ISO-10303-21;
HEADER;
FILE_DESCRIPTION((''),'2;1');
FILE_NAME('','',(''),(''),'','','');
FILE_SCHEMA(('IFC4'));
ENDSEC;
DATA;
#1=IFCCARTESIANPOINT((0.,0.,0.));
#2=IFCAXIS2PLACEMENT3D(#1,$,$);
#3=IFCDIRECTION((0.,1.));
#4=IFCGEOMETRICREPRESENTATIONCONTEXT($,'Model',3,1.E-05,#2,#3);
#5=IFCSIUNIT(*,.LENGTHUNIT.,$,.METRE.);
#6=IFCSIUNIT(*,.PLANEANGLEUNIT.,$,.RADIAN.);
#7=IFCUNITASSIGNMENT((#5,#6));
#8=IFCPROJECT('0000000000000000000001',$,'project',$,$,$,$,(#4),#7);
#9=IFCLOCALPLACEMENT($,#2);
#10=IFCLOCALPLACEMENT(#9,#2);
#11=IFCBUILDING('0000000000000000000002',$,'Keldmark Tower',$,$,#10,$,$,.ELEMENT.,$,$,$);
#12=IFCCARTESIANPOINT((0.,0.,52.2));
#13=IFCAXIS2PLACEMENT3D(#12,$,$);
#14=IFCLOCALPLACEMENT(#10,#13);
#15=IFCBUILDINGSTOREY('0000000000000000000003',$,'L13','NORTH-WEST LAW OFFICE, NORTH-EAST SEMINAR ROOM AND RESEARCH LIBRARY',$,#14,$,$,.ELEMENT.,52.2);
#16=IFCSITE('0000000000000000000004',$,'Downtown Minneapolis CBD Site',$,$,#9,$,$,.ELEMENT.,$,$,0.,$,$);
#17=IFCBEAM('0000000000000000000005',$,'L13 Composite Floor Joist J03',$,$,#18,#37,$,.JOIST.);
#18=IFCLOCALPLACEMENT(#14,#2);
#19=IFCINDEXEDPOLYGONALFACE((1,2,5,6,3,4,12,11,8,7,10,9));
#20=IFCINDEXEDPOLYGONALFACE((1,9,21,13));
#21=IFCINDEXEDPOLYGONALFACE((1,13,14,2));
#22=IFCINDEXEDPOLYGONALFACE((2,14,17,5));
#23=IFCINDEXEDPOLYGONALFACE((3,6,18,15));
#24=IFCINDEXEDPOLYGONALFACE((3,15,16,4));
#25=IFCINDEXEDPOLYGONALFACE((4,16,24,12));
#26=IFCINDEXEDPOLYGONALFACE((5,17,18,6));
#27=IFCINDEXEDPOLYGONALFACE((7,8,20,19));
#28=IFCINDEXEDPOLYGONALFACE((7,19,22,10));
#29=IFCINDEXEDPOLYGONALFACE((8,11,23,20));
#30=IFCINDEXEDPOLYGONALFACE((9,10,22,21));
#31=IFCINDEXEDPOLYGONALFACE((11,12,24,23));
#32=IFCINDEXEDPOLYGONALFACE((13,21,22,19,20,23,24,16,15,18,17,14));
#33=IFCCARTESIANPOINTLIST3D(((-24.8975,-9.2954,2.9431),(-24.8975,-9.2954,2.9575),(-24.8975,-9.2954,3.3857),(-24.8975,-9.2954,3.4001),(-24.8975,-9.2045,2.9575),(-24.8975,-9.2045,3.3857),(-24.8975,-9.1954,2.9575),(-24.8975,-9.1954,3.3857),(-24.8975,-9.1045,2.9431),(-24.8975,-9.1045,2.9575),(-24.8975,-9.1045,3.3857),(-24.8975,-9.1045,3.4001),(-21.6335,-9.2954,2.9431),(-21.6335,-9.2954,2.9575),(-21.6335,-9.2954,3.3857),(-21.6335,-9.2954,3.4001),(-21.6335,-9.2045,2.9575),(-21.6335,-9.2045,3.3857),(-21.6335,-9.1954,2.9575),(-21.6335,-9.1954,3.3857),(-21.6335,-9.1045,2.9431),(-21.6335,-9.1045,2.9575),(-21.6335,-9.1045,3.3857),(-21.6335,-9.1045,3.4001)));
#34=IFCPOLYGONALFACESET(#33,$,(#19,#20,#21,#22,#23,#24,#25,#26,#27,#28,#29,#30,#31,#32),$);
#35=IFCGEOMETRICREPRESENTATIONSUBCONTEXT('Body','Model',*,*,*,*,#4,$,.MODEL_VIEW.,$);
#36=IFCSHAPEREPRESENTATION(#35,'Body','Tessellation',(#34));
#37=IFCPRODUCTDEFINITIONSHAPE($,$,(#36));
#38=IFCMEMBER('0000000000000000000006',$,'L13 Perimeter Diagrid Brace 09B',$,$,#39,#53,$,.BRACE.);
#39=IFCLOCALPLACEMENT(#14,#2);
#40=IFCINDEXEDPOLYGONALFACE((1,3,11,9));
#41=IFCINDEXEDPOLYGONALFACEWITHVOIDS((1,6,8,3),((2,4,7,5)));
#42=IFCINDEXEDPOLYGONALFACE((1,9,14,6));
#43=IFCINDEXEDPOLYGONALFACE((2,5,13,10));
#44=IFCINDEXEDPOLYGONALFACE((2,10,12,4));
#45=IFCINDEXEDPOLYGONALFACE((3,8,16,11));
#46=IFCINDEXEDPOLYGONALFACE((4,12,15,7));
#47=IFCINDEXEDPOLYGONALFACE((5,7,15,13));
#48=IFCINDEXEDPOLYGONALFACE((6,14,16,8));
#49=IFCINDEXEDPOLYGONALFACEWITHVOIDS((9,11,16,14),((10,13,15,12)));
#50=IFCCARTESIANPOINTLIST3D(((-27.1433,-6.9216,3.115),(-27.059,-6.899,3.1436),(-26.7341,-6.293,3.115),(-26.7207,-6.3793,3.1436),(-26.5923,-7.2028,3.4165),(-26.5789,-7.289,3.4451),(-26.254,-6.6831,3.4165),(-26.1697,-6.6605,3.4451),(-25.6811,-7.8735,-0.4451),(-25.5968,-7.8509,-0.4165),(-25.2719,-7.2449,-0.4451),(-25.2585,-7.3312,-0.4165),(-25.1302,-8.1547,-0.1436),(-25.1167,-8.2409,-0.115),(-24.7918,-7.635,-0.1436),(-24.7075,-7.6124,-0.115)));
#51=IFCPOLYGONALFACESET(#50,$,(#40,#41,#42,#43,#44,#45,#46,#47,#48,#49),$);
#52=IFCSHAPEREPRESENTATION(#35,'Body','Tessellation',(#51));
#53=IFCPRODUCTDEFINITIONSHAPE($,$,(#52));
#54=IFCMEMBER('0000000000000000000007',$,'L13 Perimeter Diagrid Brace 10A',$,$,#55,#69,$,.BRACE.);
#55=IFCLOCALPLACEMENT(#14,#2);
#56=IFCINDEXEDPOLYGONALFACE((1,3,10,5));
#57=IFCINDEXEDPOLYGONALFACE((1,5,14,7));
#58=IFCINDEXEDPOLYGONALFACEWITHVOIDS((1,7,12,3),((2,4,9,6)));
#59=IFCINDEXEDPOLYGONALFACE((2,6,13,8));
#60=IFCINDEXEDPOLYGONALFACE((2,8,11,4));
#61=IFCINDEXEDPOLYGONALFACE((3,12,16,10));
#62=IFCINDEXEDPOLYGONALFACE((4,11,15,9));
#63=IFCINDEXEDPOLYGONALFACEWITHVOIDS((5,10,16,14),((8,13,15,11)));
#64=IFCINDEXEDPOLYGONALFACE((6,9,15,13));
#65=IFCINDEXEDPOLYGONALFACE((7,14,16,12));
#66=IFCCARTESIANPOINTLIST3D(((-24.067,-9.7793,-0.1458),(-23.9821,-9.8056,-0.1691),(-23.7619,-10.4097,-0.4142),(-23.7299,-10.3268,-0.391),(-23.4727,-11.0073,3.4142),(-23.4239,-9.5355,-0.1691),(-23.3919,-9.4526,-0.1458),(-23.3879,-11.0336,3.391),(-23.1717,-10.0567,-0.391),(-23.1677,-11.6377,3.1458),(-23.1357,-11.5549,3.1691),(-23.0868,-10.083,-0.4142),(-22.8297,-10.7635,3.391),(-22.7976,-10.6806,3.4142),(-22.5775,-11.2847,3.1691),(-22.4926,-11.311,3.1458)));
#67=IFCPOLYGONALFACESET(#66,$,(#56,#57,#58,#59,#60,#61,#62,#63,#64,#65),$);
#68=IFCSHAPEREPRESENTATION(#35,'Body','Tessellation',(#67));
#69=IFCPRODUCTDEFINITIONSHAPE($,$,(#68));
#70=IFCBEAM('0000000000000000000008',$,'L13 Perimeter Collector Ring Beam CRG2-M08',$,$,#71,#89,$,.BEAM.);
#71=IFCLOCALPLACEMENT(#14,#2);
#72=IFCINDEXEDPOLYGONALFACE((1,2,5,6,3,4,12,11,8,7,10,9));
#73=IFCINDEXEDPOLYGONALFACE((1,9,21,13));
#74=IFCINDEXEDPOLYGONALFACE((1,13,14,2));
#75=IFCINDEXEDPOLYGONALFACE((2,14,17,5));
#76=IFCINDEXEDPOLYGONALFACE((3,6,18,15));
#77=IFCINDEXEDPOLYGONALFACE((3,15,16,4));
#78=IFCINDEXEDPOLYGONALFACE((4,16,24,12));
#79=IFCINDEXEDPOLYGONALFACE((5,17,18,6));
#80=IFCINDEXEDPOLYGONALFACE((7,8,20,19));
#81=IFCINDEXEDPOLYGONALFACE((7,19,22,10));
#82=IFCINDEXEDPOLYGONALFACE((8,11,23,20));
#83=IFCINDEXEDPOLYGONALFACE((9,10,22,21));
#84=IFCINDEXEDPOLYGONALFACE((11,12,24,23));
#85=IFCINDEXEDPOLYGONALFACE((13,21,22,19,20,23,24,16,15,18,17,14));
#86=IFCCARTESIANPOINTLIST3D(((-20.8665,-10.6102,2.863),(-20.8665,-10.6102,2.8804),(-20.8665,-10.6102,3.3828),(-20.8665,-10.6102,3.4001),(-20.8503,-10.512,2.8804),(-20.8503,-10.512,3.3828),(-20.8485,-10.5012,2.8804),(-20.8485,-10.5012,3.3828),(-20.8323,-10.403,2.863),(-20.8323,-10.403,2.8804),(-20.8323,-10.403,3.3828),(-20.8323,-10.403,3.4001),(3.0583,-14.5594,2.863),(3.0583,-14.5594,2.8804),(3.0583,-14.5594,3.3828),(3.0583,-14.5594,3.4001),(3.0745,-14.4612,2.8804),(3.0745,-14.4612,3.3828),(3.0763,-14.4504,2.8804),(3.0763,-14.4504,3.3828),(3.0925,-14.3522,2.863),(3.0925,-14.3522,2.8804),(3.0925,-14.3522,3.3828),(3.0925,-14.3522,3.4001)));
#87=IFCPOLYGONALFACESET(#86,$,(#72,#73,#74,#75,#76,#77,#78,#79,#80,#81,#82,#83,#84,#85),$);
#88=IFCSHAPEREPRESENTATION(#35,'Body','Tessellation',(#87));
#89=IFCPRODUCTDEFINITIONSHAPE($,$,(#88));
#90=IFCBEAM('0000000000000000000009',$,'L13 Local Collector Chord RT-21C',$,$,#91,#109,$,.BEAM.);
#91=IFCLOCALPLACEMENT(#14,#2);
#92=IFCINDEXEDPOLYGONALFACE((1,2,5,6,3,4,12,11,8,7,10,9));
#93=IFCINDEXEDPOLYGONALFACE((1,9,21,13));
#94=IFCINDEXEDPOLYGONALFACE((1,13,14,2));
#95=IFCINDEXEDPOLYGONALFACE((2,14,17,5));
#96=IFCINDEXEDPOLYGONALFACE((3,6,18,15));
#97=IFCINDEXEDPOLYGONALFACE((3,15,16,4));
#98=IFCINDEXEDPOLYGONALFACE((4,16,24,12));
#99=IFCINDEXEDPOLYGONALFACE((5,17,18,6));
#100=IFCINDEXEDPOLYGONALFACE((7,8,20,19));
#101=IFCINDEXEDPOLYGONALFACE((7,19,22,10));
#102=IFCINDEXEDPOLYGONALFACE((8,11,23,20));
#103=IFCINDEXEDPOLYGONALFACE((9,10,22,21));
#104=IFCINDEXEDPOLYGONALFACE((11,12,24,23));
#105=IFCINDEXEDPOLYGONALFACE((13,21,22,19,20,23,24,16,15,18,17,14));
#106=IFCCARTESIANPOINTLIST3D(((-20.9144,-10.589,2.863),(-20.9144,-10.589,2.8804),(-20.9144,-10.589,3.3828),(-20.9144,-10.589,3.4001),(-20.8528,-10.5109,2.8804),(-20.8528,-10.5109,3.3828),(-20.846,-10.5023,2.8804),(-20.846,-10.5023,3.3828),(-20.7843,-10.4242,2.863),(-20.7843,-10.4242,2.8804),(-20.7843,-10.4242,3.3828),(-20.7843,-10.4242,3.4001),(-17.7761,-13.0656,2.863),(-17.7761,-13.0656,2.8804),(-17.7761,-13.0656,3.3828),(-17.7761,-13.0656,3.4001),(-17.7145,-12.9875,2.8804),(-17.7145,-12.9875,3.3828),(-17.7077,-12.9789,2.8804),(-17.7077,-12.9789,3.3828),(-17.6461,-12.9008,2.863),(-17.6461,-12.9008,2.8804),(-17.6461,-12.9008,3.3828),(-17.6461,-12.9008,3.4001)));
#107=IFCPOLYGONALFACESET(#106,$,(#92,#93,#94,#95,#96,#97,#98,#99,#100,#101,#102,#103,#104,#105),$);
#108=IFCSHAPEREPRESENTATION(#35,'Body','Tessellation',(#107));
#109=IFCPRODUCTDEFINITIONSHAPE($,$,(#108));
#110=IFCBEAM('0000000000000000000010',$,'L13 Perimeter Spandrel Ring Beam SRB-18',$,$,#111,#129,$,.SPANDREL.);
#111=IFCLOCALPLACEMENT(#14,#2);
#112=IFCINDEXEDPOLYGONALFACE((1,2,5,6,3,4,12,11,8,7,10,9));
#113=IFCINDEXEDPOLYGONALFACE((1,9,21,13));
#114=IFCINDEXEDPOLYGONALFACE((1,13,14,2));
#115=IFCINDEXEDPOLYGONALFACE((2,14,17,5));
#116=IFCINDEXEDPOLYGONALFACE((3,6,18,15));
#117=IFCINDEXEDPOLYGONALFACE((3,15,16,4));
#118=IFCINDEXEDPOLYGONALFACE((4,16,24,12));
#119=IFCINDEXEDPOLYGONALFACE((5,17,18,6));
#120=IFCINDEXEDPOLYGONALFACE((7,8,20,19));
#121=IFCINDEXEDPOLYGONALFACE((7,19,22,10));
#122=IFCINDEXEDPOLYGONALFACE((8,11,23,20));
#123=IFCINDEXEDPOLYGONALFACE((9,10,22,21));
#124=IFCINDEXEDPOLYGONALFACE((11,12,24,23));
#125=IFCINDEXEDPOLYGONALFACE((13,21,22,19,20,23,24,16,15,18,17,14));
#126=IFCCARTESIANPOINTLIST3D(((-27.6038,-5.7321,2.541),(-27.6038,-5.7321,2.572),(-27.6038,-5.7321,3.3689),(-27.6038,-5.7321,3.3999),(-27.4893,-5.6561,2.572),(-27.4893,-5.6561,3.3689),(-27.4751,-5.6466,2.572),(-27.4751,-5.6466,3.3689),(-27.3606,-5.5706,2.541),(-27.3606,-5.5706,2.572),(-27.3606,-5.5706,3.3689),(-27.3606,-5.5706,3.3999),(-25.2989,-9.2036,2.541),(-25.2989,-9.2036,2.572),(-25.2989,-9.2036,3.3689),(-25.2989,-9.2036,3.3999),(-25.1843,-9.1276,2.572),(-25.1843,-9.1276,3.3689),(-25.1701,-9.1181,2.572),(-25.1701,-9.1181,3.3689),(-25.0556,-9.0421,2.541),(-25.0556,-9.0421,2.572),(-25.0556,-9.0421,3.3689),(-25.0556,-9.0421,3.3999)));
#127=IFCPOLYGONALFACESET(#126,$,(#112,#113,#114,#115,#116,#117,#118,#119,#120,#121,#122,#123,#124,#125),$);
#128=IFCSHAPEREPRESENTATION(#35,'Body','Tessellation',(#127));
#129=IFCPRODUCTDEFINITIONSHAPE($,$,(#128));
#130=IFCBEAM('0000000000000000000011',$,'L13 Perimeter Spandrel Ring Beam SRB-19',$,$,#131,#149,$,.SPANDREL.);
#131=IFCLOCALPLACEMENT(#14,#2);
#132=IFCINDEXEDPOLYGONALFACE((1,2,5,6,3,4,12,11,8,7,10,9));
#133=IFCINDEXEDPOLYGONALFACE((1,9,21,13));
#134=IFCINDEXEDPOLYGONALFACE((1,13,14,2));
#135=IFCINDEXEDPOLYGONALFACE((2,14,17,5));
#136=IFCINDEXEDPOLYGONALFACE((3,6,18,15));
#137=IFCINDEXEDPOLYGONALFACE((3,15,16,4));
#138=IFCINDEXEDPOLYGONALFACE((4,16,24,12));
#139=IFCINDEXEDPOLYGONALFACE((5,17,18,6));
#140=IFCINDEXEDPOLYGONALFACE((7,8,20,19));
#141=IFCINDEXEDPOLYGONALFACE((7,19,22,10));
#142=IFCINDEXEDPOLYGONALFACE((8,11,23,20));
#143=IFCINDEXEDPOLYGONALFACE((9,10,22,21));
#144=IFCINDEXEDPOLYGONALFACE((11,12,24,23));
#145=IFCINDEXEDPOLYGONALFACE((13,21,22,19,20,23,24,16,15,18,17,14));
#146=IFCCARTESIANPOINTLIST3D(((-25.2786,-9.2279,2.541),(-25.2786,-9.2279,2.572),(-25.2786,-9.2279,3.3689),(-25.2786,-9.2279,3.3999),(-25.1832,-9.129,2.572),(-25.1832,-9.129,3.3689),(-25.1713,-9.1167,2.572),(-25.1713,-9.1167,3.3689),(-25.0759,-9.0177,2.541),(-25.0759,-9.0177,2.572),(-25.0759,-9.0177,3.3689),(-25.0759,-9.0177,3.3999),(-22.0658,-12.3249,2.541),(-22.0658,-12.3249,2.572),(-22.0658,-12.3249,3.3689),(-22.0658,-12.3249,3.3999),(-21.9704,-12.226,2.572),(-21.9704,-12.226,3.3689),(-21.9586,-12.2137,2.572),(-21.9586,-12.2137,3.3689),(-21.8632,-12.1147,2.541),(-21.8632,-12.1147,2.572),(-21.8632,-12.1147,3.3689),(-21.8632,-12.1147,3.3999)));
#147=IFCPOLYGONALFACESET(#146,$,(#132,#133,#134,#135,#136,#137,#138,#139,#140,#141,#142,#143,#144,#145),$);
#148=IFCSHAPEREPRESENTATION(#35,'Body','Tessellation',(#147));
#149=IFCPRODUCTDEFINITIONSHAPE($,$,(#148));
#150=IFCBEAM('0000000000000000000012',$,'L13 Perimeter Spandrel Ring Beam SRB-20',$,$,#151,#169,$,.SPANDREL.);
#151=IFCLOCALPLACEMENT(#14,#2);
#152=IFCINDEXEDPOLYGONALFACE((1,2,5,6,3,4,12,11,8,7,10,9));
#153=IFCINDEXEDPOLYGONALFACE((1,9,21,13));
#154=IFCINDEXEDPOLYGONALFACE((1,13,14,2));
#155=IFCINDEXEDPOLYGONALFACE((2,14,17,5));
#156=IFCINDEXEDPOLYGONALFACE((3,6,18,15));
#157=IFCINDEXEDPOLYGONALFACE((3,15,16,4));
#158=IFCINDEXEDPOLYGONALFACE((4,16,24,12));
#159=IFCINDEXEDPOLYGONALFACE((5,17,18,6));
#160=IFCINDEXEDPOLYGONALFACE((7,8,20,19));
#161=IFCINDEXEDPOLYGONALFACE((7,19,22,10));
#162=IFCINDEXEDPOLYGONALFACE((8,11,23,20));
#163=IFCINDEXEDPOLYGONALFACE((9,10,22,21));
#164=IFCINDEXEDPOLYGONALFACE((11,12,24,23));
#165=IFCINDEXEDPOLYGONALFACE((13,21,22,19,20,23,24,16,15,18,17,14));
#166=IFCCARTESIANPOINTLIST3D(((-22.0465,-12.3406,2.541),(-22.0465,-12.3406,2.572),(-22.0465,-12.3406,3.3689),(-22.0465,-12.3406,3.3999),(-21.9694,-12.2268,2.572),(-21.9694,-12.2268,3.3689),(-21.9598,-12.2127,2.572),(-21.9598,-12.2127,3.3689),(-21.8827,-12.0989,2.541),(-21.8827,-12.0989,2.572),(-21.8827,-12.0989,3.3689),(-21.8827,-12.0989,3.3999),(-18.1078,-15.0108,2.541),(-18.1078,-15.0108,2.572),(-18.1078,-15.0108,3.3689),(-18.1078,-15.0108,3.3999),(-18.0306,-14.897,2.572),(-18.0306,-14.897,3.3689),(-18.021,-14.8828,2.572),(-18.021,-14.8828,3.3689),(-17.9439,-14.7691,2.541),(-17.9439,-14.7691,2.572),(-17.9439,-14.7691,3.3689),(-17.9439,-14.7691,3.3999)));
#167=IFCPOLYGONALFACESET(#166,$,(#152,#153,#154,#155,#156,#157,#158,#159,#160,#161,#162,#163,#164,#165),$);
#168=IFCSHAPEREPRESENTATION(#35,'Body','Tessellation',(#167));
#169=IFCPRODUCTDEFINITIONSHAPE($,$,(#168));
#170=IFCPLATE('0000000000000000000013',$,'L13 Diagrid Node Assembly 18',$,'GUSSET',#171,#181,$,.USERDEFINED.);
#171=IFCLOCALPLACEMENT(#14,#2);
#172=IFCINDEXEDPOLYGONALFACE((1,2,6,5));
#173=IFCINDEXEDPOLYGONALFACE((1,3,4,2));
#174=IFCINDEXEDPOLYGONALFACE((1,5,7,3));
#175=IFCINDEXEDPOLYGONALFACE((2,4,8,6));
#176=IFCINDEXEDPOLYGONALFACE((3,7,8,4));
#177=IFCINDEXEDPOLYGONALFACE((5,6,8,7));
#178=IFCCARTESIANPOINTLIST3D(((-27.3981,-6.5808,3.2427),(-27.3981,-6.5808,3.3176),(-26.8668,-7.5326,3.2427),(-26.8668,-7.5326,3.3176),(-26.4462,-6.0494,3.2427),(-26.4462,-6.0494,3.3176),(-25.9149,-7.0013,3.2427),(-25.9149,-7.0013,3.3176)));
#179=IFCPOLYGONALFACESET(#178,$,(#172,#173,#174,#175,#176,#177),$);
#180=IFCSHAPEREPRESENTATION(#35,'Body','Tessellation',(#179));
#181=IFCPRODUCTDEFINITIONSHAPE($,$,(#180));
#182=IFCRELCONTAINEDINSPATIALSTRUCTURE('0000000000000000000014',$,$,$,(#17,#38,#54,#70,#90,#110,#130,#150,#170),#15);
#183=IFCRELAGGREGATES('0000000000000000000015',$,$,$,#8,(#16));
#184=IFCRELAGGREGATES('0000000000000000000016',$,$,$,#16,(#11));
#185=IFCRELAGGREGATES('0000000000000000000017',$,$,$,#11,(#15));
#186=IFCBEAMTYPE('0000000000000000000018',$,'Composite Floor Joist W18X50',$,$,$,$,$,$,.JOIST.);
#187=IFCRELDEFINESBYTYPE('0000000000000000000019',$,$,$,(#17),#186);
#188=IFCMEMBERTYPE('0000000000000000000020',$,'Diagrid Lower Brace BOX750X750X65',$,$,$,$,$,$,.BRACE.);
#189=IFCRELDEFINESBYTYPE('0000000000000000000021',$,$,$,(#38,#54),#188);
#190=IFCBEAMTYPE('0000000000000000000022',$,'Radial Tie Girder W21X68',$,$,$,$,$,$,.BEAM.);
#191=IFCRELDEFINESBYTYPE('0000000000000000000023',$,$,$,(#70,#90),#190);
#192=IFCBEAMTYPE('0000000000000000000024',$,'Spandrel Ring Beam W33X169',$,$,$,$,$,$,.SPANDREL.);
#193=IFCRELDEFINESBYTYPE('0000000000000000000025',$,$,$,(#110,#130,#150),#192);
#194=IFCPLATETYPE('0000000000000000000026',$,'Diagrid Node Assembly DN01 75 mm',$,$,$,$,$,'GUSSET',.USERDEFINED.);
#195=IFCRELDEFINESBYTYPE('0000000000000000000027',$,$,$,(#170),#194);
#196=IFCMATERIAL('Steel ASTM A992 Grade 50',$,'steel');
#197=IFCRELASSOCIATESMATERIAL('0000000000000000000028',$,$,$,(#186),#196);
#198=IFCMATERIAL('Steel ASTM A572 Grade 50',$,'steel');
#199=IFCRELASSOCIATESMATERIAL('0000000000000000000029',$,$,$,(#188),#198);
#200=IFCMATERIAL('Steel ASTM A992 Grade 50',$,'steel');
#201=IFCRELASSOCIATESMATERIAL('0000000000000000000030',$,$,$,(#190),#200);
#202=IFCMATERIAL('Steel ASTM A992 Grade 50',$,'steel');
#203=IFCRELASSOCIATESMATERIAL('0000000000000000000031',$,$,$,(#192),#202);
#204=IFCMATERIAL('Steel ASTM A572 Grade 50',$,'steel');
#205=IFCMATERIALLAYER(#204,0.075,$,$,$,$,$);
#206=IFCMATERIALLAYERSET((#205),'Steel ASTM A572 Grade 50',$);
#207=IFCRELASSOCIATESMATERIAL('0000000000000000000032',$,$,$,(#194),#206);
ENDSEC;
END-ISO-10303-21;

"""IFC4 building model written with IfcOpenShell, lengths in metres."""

from ifc_helpers import new_model, si_unit, direction, frame, origin, origin_2d, place, context, subcontext, project, spatial, rectangle, hollow_rectangle, i_section, extrude, material, layer, layer_set, material_profile, profile_set, type_object, element, save


model = new_model("IFC4")

# Units and contexts
model_context = context("Model", 3, precision=1e-05, world=origin(), true_north=direction((0.0, 1.0)))
body_context = subcontext(model_context, "Body", "Model", "MODEL_VIEW")
ifc_project = project(units=[si_unit("LENGTHUNIT", "METRE"), si_unit("PLANEANGLEUNIT", "RADIAN")], contexts=[model_context])

# Site, building, storey
site_placement = place(None, origin())
site = spatial("IfcSite", under=ifc_project, at=site_placement, Name="Downtown Minneapolis CBD Site", CompositionType="ELEMENT", RefElevation=0.0)
building_placement = place(site_placement, origin())
building = spatial("IfcBuilding", under=site, at=building_placement, Name="Keldmark Tower", CompositionType="ELEMENT")
storey_placement = place(building_placement, frame((0.0, 0.0, 52.2)))
storey = spatial("IfcBuildingStorey", under=building, at=storey_placement, Name="L13", Description="NORTH-WEST LAW OFFICE, NORTH-EAST SEMINAR ROOM AND RESEARCH LIBRARY", CompositionType="ELEMENT", Elevation=52.2)

# Beam
ifc_material_1 = material(Name="Steel ASTM A992 Grade 50", Category="steel")
ifc_material_profile_1 = material_profile(ifc_material_1, i_section(OverallWidth=0.1909, OverallDepth=0.457, WebThickness=0.009, FlangeThickness=0.0144, at=origin_2d()), Name="W18X50")
ifc_profile_set_1 = profile_set([ifc_material_profile_1], Name="Steel ASTM A992 Grade 50")
beam_type_1 = type_object("IfcBeamType", Name="Composite Floor Joist W18X50", PredefinedType="JOIST", material=ifc_profile_set_1)
beam_1_placement = place(storey_placement, frame((-24.8975, -9.2, 3.1716), z_axis=(1.0, 0.0, 0.0), x_axis=(0.0, 1.0, 0.0)))
element("IfcBeam", 1, at=beam_1_placement, inside=storey, type_object=beam_type_1, Name="L13 Composite Floor Joist J03", PredefinedType="JOIST", context=body_context, shape_type="SweptSolid", body=[
    extrude(i_section(OverallWidth=0.1909, OverallDepth=0.457, WebThickness=0.009, FlangeThickness=0.0144, at=origin_2d()), origin(), (0.0, 0.0, 1.0), 3.2639),
])

# Members
ifc_material_2 = material(Name="Steel ASTM A572 Grade 50", Category="steel")
ifc_material_profile_2 = material_profile(ifc_material_2, hollow_rectangle(XDim=0.75, YDim=0.75, WallThickness=0.0649, at=origin_2d()), Name="BOX750X750X65")
ifc_profile_set_2 = profile_set([ifc_material_profile_2], Name="Steel ASTM A572 Grade 50")
member_type = type_object("IfcMemberType", Name="Diagrid Lower Brace BOX750X750X65", PredefinedType="BRACE", material=ifc_profile_set_2)
member_1_placement = place(storey_placement, frame((-25.1943, -7.7429, -0.28), z_axis=(-0.368804, 0.240101, 0.897962), x_axis=(-0.545593, -0.83805, 0.0)))
element("IfcMember", 2, at=member_1_placement, inside=storey, type_object=member_type, Name="L13 Perimeter Diagrid Brace 09B", PredefinedType="BRACE", context=body_context, shape_type="SweptSolid", body=[
    extrude(hollow_rectangle(XDim=0.75, YDim=0.75, WallThickness=0.0649, at=origin_2d()), origin(), (0.0, 0.0, 1.0), 3.9646),
])
member_2_placement = place(storey_placement, frame((-23.5769, -9.9312, -0.28), z_axis=(0.155866, -0.322105, 0.933785), x_axis=(0.90015, 0.43558, 0.0)))
element("IfcMember", 3, at=member_2_placement, inside=storey, type_object=member_type, Name="L13 Perimeter Diagrid Brace 10A", PredefinedType="BRACE", context=body_context, shape_type="SweptSolid", body=[
    extrude(hollow_rectangle(XDim=0.75, YDim=0.75, WallThickness=0.0649, at=origin_2d()), origin(), (0.0, 0.0, 1.0), 3.8125),
])

# Beams
ifc_material_3 = material(Name="Steel ASTM A992 Grade 50", Category="steel")
ifc_material_profile_3 = material_profile(ifc_material_3, i_section(OverallWidth=0.21, OverallDepth=0.5371, WebThickness=0.011, FlangeThickness=0.0173, at=origin_2d()), Name="W21X68")
ifc_profile_set_3 = profile_set([ifc_material_profile_3], Name="Steel ASTM A992 Grade 50")
beam_type_2 = type_object("IfcBeamType", Name="Radial Tie Girder W21X68", PredefinedType="BEAM", material=ifc_profile_set_3)
beam_2_placement = place(storey_placement, frame((-20.8494, -10.5066, 3.1316), z_axis=(0.986649, -0.162864, 0.0), x_axis=(0.162864, 0.986649, 0.0)))
element("IfcBeam", 4, at=beam_2_placement, inside=storey, type_object=beam_type_2, Name="L13 Perimeter Collector Ring Beam CRG2-M08", PredefinedType="BEAM", context=body_context, shape_type="SweptSolid", body=[
    extrude(i_section(OverallWidth=0.21, OverallDepth=0.5371, WebThickness=0.011, FlangeThickness=0.0173, at=origin_2d()), origin(), (0.0, 0.0, 1.0), 24.2485),
])
beam_3_placement = place(storey_placement, frame((-20.8494, -10.5066, 3.1316), z_axis=(0.784998, -0.619498, 0.0), x_axis=(0.619498, 0.784998, 0.0)))
element("IfcBeam", 5, at=beam_3_placement, inside=storey, type_object=beam_type_2, Name="L13 Local Collector Chord RT-21C", PredefinedType="BEAM", context=body_context, shape_type="SweptSolid", body=[
    extrude(i_section(OverallWidth=0.21, OverallDepth=0.5371, WebThickness=0.011, FlangeThickness=0.0173, at=origin_2d()), origin(), (0.0, 0.0, 1.0), 3.9978),
])
ifc_material_4 = material(Name="Steel ASTM A992 Grade 50", Category="steel")
ifc_material_profile_4 = material_profile(ifc_material_4, i_section(OverallWidth=0.292, OverallDepth=0.8589, WebThickness=0.0171, FlangeThickness=0.031, at=origin_2d()), Name="W33X169")
ifc_profile_set_4 = profile_set([ifc_material_profile_4], Name="Steel ASTM A992 Grade 50")
beam_type_3 = type_object("IfcBeamType", Name="Spandrel Ring Beam W33X169", PredefinedType="SPANDREL", material=ifc_profile_set_4)
beam_4_placement = place(storey_placement, frame((-27.4822, -5.6514, 2.9705), z_axis=(0.553144, -0.833085, 0.0), x_axis=(0.833085, 0.553144, 0.0)))
element("IfcBeam", 6, at=beam_4_placement, inside=storey, type_object=beam_type_3, Name="L13 Perimeter Spandrel Ring Beam SRB-18", PredefinedType="SPANDREL", context=body_context, shape_type="SweptSolid", body=[
    extrude(i_section(OverallWidth=0.292, OverallDepth=0.8589, WebThickness=0.0171, FlangeThickness=0.031, at=origin_2d()), origin(), (0.0, 0.0, 1.0), 4.167),
])
beam_5_placement = place(storey_placement, frame((-25.1772, -9.1228, 2.9705), z_axis=(0.719955, -0.694021, 0.0), x_axis=(0.694021, 0.719955, 0.0)))
element("IfcBeam", 7, at=beam_5_placement, inside=storey, type_object=beam_type_3, Name="L13 Perimeter Spandrel Ring Beam SRB-19", PredefinedType="SPANDREL", context=body_context, shape_type="SweptSolid", body=[
    extrude(i_section(OverallWidth=0.292, OverallDepth=0.8589, WebThickness=0.0171, FlangeThickness=0.031, at=origin_2d()), origin(), (0.0, 0.0, 1.0), 4.4624),
])
beam_6_placement = place(storey_placement, frame((-21.9646, -12.2197, 2.9705), z_axis=(0.827723, -0.561136, 0.0), x_axis=(0.561136, 0.827723, 0.0)))
element("IfcBeam", 8, at=beam_6_placement, inside=storey, type_object=beam_type_3, Name="L13 Perimeter Spandrel Ring Beam SRB-20", PredefinedType="SPANDREL", context=body_context, shape_type="SweptSolid", body=[
    extrude(i_section(OverallWidth=0.292, OverallDepth=0.8589, WebThickness=0.0171, FlangeThickness=0.031, at=origin_2d()), origin(), (0.0, 0.0, 1.0), 4.7585),
])

# Plate
ifc_material_5 = material(Name="Steel ASTM A572 Grade 50", Category="steel")
ifc_layer_1 = layer(ifc_material_5, 0.075)
ifc_layer_set_1 = layer_set([ifc_layer_1], Name="Steel ASTM A572 Grade 50")
plate_type = type_object("IfcPlateType", Name="Diagrid Node Assembly DN01 75 mm", ElementType="GUSSET", PredefinedType="USERDEFINED", material=ifc_layer_set_1)
for number, where, z_axis, x_axis, name in (
    (9, (-26.6565, -6.791, 3.2427), (0.0, 0.0, 1.0), (0.487403, -0.873177, 0.0), "L13 Diagrid Node Assembly 18"),
):
    element("IfcPlate", number, at=place(storey_placement, frame(where, z_axis=z_axis, x_axis=x_axis)), inside=storey, type_object=plate_type, Name=name, ObjectType="GUSSET", PredefinedType="USERDEFINED", context=body_context, shape_type="SweptSolid", body=[
        extrude(rectangle(XDim=1.0901, YDim=1.0901, at=origin_2d()), origin(), (0.0, 0.0, 1.0), 0.075),
    ])

save(model, "model.ifc")
